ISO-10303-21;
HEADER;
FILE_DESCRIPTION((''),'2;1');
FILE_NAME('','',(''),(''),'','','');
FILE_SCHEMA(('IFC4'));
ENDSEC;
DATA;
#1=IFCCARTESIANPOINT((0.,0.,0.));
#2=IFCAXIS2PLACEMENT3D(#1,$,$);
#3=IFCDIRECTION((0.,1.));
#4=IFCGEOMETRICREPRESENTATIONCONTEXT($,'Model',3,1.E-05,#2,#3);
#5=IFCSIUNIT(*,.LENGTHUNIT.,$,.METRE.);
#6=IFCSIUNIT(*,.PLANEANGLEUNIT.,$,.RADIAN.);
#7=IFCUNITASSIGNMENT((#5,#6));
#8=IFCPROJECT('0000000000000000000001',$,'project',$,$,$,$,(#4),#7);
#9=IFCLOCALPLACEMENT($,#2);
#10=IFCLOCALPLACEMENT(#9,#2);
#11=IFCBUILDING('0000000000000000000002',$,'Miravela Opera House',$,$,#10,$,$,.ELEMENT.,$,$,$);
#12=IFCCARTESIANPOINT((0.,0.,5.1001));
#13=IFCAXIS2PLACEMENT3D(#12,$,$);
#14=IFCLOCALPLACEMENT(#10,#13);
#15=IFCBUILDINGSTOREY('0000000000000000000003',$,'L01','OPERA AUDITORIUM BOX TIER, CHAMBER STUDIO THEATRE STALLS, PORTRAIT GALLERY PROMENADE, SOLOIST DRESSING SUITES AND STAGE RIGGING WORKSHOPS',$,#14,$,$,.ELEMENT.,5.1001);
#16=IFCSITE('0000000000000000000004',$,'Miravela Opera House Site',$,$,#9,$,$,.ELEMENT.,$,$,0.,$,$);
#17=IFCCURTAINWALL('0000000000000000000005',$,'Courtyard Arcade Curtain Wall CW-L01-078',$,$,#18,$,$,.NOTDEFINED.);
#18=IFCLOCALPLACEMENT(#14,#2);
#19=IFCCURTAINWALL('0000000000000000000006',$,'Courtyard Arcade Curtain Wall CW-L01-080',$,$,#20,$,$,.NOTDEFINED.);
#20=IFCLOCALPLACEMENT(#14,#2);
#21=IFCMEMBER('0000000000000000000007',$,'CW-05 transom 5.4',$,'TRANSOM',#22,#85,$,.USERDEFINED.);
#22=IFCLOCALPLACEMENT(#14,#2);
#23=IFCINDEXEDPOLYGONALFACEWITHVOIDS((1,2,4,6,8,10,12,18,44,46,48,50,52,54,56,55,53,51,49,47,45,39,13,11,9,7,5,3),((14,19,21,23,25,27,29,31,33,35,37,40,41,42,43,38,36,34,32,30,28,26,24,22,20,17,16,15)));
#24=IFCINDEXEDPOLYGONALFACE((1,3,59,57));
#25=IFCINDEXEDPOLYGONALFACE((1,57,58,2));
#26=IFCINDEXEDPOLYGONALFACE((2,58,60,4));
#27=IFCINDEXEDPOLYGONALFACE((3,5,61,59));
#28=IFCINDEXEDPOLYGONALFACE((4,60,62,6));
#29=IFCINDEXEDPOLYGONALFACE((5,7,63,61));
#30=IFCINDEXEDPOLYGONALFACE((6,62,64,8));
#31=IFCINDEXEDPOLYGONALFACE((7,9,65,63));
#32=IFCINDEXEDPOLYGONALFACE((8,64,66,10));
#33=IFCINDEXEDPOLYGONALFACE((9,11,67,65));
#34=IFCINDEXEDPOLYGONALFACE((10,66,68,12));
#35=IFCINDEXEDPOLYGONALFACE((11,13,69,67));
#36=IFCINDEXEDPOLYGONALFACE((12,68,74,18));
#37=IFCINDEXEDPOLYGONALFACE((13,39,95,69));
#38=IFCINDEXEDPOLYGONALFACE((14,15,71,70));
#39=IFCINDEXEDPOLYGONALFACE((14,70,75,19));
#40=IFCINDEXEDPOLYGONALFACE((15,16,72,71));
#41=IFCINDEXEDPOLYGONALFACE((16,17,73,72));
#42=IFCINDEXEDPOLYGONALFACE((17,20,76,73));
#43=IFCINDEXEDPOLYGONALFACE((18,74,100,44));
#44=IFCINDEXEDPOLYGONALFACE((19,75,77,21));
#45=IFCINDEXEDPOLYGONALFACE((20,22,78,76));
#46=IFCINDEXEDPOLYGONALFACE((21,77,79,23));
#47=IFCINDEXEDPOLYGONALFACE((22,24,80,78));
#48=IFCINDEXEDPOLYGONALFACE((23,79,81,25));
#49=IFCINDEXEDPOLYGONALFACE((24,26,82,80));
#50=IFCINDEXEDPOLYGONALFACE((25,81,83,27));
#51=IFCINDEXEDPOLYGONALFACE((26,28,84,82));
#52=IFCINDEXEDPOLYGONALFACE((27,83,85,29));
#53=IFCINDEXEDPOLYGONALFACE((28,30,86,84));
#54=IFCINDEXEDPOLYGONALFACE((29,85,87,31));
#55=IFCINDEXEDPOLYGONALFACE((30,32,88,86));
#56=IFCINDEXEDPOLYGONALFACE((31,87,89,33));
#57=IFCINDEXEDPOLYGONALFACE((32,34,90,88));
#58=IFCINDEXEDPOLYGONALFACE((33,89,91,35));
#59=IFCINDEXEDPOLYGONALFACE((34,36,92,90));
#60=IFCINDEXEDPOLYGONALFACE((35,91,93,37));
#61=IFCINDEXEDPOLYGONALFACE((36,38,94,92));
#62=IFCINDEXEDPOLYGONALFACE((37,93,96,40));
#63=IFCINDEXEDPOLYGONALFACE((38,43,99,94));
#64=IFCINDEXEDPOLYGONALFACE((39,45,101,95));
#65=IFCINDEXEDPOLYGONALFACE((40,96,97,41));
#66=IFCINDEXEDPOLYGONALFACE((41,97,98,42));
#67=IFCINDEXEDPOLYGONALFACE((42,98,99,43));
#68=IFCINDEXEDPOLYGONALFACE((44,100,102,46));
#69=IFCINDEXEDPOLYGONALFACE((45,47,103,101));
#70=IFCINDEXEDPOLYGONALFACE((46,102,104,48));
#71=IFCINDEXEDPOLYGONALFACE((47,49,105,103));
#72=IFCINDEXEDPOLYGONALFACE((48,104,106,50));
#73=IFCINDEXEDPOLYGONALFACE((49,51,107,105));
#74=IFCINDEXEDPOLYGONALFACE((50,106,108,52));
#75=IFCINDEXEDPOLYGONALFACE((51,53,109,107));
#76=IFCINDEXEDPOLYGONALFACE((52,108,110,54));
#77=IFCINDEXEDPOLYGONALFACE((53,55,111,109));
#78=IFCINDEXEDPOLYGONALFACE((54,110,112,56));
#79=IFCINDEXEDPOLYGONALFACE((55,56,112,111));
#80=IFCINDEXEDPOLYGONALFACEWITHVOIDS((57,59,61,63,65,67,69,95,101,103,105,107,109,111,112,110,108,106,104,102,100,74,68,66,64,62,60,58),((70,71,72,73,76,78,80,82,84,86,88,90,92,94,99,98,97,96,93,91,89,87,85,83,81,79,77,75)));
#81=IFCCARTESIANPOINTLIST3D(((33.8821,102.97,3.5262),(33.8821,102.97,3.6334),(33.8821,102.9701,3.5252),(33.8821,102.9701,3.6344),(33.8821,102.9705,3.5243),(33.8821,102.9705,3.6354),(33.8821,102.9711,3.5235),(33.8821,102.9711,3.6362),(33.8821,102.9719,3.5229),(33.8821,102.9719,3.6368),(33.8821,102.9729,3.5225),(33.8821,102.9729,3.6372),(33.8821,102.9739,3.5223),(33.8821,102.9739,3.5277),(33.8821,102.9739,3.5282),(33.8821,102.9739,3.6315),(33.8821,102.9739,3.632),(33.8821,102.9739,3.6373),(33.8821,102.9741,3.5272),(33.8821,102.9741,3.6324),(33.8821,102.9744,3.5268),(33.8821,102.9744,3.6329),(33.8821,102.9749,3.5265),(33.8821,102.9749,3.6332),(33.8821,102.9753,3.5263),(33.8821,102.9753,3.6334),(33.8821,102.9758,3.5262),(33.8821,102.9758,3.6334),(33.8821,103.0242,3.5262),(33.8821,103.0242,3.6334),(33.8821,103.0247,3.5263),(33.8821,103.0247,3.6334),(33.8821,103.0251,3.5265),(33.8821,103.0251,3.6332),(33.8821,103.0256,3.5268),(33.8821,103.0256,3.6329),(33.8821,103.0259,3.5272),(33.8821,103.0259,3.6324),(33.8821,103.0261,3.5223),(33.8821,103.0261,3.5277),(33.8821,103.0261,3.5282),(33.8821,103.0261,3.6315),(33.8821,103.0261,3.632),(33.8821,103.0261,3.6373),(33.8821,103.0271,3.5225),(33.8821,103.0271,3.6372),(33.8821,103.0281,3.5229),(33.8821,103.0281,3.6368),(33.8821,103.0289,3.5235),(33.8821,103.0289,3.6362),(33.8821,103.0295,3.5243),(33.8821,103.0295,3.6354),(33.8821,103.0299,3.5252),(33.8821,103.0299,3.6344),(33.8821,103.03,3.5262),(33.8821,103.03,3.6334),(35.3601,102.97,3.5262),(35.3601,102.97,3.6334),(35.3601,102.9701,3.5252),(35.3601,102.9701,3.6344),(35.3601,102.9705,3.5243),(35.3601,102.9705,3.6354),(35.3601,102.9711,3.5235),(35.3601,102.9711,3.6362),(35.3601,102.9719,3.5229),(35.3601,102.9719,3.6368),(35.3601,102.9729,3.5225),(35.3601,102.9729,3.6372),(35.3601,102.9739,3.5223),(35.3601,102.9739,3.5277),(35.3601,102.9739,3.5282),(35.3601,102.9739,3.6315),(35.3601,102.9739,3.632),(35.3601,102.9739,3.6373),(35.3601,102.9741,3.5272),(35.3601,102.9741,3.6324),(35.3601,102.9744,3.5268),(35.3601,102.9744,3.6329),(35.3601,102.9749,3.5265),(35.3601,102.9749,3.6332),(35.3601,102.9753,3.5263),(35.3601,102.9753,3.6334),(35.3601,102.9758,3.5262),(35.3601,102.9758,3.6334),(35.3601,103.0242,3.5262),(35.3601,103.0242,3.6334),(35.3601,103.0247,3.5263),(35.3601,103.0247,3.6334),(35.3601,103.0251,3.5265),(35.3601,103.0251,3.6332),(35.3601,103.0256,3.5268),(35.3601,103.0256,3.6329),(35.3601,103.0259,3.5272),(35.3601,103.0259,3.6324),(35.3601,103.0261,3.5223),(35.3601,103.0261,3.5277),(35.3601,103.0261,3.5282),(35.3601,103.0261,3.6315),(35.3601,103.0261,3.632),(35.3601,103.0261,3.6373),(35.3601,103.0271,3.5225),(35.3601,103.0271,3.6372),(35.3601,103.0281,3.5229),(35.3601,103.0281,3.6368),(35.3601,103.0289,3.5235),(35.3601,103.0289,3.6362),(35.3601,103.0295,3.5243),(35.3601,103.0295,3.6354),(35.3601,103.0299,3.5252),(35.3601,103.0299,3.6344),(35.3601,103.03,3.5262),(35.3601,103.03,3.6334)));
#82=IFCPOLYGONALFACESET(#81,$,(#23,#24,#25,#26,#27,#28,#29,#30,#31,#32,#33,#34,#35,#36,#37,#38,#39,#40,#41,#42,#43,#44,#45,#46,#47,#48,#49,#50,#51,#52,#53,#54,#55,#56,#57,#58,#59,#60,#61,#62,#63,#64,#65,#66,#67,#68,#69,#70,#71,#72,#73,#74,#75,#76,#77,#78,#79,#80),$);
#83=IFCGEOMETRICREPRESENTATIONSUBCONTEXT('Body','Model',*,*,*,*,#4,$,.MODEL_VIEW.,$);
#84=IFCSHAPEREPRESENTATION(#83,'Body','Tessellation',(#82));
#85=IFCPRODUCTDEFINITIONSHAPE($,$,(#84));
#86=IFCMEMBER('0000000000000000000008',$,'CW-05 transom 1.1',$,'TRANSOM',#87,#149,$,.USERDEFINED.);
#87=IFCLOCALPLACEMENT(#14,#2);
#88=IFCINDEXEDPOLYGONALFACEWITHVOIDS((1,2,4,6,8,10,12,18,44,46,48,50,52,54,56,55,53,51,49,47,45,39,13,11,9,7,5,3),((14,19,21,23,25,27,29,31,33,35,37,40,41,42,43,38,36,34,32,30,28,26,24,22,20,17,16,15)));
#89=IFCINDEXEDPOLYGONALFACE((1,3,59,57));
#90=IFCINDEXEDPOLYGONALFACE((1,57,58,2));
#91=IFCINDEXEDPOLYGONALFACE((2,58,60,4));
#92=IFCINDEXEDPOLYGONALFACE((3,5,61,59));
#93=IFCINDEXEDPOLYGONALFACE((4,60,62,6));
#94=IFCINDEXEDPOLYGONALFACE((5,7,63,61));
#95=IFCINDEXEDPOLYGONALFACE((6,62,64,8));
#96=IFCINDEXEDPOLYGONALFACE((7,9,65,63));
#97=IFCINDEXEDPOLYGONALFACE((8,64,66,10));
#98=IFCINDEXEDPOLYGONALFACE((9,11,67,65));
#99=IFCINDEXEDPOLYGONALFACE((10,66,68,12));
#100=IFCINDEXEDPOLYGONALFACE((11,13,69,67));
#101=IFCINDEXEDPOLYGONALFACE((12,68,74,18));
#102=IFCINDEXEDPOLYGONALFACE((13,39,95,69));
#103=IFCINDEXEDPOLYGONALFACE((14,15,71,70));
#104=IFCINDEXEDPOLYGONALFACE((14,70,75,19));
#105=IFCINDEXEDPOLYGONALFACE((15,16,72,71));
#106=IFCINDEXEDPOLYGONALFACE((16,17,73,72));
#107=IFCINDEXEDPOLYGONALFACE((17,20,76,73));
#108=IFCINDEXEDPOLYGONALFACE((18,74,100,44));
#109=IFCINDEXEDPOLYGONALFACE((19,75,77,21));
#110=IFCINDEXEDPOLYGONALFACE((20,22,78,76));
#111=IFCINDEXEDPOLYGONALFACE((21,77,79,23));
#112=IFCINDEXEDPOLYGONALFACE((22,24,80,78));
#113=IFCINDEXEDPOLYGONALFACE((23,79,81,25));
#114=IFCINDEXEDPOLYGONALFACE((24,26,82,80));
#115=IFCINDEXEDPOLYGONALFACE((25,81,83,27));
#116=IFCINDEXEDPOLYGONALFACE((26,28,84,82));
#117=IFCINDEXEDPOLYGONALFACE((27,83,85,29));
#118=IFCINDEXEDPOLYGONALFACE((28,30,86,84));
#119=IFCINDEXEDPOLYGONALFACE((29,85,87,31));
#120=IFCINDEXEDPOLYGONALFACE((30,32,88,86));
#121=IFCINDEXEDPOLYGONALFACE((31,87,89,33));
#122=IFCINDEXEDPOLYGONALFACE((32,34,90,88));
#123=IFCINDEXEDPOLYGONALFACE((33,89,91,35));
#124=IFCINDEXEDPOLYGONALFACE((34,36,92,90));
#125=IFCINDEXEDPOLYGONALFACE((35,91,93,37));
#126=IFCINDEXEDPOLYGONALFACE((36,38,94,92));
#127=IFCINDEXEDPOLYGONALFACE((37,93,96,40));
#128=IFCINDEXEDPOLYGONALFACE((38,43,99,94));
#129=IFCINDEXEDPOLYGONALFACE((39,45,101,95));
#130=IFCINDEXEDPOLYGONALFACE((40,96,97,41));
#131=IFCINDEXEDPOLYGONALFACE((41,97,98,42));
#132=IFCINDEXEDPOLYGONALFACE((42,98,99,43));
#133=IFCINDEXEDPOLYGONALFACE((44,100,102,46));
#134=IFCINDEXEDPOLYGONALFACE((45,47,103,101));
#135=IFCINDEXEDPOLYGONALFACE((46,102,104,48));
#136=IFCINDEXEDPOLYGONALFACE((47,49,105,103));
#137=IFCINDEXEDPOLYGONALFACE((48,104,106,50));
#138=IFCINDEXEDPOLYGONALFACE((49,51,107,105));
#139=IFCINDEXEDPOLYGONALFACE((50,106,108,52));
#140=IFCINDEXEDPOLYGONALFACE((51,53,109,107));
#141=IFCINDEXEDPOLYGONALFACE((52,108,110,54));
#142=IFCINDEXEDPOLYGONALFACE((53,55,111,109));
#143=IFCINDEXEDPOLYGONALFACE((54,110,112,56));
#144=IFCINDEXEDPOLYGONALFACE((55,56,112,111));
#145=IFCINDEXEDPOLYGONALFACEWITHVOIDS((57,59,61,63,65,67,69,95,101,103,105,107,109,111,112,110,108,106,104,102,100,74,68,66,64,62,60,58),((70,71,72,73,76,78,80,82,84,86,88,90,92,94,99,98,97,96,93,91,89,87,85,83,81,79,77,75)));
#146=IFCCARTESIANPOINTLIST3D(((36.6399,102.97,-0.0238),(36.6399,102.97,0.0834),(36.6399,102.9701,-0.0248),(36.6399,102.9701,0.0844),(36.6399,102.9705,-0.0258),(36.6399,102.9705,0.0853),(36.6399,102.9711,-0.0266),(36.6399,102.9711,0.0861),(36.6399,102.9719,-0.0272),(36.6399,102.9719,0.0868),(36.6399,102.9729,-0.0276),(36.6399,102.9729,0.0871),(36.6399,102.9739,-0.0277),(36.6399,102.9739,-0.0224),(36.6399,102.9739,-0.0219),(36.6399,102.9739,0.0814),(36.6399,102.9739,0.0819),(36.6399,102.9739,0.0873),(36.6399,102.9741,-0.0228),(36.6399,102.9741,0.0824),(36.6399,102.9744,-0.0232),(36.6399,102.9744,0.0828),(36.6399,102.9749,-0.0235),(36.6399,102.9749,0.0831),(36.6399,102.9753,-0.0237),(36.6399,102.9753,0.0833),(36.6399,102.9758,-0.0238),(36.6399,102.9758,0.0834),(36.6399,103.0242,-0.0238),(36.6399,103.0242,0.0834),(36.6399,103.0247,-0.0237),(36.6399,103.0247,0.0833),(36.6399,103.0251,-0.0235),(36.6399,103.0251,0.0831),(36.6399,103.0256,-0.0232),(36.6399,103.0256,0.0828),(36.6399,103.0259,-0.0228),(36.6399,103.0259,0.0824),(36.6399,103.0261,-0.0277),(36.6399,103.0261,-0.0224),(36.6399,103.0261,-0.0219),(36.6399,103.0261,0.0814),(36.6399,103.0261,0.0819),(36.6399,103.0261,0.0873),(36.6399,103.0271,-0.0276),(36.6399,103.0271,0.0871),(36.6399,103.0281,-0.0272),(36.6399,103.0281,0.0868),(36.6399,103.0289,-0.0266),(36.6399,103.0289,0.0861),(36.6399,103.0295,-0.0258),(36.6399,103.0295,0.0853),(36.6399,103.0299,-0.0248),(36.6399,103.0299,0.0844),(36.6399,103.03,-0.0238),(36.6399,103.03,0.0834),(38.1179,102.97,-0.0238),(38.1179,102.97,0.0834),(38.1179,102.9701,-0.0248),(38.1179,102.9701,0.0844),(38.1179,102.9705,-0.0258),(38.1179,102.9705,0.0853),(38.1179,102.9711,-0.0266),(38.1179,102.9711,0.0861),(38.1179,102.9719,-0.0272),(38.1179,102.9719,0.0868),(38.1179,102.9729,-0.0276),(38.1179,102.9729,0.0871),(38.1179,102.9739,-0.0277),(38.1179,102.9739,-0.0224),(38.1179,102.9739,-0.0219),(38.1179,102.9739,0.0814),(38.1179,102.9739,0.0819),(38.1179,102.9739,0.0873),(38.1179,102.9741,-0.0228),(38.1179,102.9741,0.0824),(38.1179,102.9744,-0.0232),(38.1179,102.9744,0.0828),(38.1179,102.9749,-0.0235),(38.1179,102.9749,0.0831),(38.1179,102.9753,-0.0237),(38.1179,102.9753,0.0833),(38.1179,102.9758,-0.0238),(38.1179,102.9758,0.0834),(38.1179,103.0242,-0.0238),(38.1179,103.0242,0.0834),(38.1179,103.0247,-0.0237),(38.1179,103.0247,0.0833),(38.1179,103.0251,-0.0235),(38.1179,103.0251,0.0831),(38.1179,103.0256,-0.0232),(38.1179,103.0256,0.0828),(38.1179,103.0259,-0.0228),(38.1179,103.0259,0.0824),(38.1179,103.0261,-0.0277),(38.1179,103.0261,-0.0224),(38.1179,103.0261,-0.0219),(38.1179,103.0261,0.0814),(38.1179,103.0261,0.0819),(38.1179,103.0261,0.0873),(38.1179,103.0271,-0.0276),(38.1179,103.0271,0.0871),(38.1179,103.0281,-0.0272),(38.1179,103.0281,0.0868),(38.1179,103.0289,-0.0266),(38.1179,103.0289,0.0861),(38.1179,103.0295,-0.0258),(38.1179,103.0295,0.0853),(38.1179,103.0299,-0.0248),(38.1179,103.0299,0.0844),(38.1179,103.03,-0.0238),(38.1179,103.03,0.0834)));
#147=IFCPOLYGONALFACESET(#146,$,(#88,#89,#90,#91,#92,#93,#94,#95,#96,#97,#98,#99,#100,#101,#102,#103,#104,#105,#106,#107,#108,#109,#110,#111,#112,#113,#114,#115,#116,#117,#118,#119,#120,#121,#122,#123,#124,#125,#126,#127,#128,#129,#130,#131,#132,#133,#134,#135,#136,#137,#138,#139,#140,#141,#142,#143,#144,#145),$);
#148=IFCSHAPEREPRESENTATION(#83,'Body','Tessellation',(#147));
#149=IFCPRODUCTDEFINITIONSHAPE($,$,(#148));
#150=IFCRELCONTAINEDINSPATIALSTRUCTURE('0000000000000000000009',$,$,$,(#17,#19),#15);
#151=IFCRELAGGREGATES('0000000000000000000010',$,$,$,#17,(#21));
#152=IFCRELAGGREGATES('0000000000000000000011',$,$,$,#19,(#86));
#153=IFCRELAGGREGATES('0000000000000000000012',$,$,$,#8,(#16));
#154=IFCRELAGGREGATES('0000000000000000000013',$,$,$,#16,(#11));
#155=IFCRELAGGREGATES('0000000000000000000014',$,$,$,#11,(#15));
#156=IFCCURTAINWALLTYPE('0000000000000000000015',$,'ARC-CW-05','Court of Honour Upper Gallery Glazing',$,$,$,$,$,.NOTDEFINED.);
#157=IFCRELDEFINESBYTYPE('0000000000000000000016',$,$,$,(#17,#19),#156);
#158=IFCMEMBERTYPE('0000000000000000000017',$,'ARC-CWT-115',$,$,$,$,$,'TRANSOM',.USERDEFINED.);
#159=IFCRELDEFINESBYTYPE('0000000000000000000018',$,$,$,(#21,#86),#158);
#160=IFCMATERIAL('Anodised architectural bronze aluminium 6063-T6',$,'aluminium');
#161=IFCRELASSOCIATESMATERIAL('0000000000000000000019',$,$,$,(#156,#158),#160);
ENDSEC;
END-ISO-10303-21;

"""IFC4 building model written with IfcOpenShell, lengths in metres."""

from ifc_helpers import new_model, si_unit, direction, frame, origin, origin_2d, place, context, subcontext, project, spatial, hollow_rectangle, extrude, material, material_profile, profile_set, type_object, element, aggregate, save


model = new_model("IFC4")

# Units and contexts
model_context = context("Model", 3, precision=1e-05, world=origin(), true_north=direction((0.0, 1.0)))
body_context = subcontext(model_context, "Body", "Model", "MODEL_VIEW")
ifc_project = project(units=[si_unit("LENGTHUNIT", "METRE"), si_unit("PLANEANGLEUNIT", "RADIAN")], contexts=[model_context])

# Site, building, storey
site_placement = place(None, origin())
site = spatial("IfcSite", under=ifc_project, at=site_placement, Name="Miravela Opera House Site", CompositionType="ELEMENT", RefElevation=0.0)
building_placement = place(site_placement, origin())
building = spatial("IfcBuilding", under=site, at=building_placement, Name="Miravela Opera House", CompositionType="ELEMENT")
storey_placement = place(building_placement, frame((0.0, 0.0, 5.1001)))
storey = spatial("IfcBuildingStorey", under=building, at=storey_placement, Name="L01", Description="OPERA AUDITORIUM BOX TIER, CHAMBER STUDIO THEATRE STALLS, PORTRAIT GALLERY PROMENADE, SOLOIST DRESSING SUITES AND STAGE RIGGING WORKSHOPS", CompositionType="ELEMENT", Elevation=5.1001)

# Curtain wall
ifc_material_1 = material(Name="Anodised architectural bronze aluminium 6063-T6", Category="aluminium")
curtain_wall_type = type_object("IfcCurtainWallType", Name="ARC-CW-05", Description="Court of Honour Upper Gallery Glazing", PredefinedType="NOTDEFINED", material=ifc_material_1)
curtain_wall_1_placement = place(storey_placement, origin())
curtain_wall_1 = element("IfcCurtainWall", 1, at=curtain_wall_1_placement, inside=storey, type_object=curtain_wall_type, Name="Courtyard Arcade Curtain Wall CW-L01-078", PredefinedType="NOTDEFINED")

# Curtain wall
curtain_wall_2_placement = place(storey_placement, origin())
curtain_wall_2 = element("IfcCurtainWall", 2, at=curtain_wall_2_placement, inside=storey, type_object=curtain_wall_type, Name="Courtyard Arcade Curtain Wall CW-L01-080", PredefinedType="NOTDEFINED")

# Members
ifc_material_profile_1 = material_profile(ifc_material_1, hollow_rectangle(XDim=0.0601, YDim=0.115, WallThickness=0.0039, InnerFilletRadius=0.002, OuterFilletRadius=0.0039, at=origin_2d()), Name="CWT-60X115")
ifc_profile_set_1 = profile_set([ifc_material_profile_1])
member_type_1 = type_object("IfcMemberType", Name="ARC-CWT-115", ElementType="TRANSOM", PredefinedType="USERDEFINED", material=ifc_profile_set_1)
member_1_placement = place(storey_placement, frame((33.8821, 103.0, 3.5798), z_axis=(1.0, 0.0, 0.0), x_axis=(0.0, 1.0, 0.0)))
member_1 = element("IfcMember", 3, at=member_1_placement, type_object=member_type_1, Name="CW-05 transom 5.4", ObjectType="TRANSOM", PredefinedType="USERDEFINED", context=body_context, shape_type="SweptSolid", body=[
    extrude(hollow_rectangle(XDim=0.0601, YDim=0.115, WallThickness=0.0039, InnerFilletRadius=0.002, OuterFilletRadius=0.0039, at=origin_2d()), origin(), (0.0, 0.0, 1.0), 1.478),
])
member_2_placement = place(storey_placement, frame((36.6399, 103.0, 0.0298), z_axis=(1.0, 0.0, 0.0), x_axis=(0.0, 1.0, 0.0)))
member_2 = element("IfcMember", 4, at=member_2_placement, type_object=member_type_1, Name="CW-05 transom 1.1", ObjectType="TRANSOM", PredefinedType="USERDEFINED", context=body_context, shape_type="SweptSolid", body=[
    extrude(hollow_rectangle(XDim=0.0601, YDim=0.115, WallThickness=0.0039, InnerFilletRadius=0.002, OuterFilletRadius=0.0039, at=origin_2d()), origin(), (0.0, 0.0, 1.0), 1.478),
])

aggregate(curtain_wall_1, [member_1])
aggregate(curtain_wall_2, [member_2])

save(model, "model.ifc")
